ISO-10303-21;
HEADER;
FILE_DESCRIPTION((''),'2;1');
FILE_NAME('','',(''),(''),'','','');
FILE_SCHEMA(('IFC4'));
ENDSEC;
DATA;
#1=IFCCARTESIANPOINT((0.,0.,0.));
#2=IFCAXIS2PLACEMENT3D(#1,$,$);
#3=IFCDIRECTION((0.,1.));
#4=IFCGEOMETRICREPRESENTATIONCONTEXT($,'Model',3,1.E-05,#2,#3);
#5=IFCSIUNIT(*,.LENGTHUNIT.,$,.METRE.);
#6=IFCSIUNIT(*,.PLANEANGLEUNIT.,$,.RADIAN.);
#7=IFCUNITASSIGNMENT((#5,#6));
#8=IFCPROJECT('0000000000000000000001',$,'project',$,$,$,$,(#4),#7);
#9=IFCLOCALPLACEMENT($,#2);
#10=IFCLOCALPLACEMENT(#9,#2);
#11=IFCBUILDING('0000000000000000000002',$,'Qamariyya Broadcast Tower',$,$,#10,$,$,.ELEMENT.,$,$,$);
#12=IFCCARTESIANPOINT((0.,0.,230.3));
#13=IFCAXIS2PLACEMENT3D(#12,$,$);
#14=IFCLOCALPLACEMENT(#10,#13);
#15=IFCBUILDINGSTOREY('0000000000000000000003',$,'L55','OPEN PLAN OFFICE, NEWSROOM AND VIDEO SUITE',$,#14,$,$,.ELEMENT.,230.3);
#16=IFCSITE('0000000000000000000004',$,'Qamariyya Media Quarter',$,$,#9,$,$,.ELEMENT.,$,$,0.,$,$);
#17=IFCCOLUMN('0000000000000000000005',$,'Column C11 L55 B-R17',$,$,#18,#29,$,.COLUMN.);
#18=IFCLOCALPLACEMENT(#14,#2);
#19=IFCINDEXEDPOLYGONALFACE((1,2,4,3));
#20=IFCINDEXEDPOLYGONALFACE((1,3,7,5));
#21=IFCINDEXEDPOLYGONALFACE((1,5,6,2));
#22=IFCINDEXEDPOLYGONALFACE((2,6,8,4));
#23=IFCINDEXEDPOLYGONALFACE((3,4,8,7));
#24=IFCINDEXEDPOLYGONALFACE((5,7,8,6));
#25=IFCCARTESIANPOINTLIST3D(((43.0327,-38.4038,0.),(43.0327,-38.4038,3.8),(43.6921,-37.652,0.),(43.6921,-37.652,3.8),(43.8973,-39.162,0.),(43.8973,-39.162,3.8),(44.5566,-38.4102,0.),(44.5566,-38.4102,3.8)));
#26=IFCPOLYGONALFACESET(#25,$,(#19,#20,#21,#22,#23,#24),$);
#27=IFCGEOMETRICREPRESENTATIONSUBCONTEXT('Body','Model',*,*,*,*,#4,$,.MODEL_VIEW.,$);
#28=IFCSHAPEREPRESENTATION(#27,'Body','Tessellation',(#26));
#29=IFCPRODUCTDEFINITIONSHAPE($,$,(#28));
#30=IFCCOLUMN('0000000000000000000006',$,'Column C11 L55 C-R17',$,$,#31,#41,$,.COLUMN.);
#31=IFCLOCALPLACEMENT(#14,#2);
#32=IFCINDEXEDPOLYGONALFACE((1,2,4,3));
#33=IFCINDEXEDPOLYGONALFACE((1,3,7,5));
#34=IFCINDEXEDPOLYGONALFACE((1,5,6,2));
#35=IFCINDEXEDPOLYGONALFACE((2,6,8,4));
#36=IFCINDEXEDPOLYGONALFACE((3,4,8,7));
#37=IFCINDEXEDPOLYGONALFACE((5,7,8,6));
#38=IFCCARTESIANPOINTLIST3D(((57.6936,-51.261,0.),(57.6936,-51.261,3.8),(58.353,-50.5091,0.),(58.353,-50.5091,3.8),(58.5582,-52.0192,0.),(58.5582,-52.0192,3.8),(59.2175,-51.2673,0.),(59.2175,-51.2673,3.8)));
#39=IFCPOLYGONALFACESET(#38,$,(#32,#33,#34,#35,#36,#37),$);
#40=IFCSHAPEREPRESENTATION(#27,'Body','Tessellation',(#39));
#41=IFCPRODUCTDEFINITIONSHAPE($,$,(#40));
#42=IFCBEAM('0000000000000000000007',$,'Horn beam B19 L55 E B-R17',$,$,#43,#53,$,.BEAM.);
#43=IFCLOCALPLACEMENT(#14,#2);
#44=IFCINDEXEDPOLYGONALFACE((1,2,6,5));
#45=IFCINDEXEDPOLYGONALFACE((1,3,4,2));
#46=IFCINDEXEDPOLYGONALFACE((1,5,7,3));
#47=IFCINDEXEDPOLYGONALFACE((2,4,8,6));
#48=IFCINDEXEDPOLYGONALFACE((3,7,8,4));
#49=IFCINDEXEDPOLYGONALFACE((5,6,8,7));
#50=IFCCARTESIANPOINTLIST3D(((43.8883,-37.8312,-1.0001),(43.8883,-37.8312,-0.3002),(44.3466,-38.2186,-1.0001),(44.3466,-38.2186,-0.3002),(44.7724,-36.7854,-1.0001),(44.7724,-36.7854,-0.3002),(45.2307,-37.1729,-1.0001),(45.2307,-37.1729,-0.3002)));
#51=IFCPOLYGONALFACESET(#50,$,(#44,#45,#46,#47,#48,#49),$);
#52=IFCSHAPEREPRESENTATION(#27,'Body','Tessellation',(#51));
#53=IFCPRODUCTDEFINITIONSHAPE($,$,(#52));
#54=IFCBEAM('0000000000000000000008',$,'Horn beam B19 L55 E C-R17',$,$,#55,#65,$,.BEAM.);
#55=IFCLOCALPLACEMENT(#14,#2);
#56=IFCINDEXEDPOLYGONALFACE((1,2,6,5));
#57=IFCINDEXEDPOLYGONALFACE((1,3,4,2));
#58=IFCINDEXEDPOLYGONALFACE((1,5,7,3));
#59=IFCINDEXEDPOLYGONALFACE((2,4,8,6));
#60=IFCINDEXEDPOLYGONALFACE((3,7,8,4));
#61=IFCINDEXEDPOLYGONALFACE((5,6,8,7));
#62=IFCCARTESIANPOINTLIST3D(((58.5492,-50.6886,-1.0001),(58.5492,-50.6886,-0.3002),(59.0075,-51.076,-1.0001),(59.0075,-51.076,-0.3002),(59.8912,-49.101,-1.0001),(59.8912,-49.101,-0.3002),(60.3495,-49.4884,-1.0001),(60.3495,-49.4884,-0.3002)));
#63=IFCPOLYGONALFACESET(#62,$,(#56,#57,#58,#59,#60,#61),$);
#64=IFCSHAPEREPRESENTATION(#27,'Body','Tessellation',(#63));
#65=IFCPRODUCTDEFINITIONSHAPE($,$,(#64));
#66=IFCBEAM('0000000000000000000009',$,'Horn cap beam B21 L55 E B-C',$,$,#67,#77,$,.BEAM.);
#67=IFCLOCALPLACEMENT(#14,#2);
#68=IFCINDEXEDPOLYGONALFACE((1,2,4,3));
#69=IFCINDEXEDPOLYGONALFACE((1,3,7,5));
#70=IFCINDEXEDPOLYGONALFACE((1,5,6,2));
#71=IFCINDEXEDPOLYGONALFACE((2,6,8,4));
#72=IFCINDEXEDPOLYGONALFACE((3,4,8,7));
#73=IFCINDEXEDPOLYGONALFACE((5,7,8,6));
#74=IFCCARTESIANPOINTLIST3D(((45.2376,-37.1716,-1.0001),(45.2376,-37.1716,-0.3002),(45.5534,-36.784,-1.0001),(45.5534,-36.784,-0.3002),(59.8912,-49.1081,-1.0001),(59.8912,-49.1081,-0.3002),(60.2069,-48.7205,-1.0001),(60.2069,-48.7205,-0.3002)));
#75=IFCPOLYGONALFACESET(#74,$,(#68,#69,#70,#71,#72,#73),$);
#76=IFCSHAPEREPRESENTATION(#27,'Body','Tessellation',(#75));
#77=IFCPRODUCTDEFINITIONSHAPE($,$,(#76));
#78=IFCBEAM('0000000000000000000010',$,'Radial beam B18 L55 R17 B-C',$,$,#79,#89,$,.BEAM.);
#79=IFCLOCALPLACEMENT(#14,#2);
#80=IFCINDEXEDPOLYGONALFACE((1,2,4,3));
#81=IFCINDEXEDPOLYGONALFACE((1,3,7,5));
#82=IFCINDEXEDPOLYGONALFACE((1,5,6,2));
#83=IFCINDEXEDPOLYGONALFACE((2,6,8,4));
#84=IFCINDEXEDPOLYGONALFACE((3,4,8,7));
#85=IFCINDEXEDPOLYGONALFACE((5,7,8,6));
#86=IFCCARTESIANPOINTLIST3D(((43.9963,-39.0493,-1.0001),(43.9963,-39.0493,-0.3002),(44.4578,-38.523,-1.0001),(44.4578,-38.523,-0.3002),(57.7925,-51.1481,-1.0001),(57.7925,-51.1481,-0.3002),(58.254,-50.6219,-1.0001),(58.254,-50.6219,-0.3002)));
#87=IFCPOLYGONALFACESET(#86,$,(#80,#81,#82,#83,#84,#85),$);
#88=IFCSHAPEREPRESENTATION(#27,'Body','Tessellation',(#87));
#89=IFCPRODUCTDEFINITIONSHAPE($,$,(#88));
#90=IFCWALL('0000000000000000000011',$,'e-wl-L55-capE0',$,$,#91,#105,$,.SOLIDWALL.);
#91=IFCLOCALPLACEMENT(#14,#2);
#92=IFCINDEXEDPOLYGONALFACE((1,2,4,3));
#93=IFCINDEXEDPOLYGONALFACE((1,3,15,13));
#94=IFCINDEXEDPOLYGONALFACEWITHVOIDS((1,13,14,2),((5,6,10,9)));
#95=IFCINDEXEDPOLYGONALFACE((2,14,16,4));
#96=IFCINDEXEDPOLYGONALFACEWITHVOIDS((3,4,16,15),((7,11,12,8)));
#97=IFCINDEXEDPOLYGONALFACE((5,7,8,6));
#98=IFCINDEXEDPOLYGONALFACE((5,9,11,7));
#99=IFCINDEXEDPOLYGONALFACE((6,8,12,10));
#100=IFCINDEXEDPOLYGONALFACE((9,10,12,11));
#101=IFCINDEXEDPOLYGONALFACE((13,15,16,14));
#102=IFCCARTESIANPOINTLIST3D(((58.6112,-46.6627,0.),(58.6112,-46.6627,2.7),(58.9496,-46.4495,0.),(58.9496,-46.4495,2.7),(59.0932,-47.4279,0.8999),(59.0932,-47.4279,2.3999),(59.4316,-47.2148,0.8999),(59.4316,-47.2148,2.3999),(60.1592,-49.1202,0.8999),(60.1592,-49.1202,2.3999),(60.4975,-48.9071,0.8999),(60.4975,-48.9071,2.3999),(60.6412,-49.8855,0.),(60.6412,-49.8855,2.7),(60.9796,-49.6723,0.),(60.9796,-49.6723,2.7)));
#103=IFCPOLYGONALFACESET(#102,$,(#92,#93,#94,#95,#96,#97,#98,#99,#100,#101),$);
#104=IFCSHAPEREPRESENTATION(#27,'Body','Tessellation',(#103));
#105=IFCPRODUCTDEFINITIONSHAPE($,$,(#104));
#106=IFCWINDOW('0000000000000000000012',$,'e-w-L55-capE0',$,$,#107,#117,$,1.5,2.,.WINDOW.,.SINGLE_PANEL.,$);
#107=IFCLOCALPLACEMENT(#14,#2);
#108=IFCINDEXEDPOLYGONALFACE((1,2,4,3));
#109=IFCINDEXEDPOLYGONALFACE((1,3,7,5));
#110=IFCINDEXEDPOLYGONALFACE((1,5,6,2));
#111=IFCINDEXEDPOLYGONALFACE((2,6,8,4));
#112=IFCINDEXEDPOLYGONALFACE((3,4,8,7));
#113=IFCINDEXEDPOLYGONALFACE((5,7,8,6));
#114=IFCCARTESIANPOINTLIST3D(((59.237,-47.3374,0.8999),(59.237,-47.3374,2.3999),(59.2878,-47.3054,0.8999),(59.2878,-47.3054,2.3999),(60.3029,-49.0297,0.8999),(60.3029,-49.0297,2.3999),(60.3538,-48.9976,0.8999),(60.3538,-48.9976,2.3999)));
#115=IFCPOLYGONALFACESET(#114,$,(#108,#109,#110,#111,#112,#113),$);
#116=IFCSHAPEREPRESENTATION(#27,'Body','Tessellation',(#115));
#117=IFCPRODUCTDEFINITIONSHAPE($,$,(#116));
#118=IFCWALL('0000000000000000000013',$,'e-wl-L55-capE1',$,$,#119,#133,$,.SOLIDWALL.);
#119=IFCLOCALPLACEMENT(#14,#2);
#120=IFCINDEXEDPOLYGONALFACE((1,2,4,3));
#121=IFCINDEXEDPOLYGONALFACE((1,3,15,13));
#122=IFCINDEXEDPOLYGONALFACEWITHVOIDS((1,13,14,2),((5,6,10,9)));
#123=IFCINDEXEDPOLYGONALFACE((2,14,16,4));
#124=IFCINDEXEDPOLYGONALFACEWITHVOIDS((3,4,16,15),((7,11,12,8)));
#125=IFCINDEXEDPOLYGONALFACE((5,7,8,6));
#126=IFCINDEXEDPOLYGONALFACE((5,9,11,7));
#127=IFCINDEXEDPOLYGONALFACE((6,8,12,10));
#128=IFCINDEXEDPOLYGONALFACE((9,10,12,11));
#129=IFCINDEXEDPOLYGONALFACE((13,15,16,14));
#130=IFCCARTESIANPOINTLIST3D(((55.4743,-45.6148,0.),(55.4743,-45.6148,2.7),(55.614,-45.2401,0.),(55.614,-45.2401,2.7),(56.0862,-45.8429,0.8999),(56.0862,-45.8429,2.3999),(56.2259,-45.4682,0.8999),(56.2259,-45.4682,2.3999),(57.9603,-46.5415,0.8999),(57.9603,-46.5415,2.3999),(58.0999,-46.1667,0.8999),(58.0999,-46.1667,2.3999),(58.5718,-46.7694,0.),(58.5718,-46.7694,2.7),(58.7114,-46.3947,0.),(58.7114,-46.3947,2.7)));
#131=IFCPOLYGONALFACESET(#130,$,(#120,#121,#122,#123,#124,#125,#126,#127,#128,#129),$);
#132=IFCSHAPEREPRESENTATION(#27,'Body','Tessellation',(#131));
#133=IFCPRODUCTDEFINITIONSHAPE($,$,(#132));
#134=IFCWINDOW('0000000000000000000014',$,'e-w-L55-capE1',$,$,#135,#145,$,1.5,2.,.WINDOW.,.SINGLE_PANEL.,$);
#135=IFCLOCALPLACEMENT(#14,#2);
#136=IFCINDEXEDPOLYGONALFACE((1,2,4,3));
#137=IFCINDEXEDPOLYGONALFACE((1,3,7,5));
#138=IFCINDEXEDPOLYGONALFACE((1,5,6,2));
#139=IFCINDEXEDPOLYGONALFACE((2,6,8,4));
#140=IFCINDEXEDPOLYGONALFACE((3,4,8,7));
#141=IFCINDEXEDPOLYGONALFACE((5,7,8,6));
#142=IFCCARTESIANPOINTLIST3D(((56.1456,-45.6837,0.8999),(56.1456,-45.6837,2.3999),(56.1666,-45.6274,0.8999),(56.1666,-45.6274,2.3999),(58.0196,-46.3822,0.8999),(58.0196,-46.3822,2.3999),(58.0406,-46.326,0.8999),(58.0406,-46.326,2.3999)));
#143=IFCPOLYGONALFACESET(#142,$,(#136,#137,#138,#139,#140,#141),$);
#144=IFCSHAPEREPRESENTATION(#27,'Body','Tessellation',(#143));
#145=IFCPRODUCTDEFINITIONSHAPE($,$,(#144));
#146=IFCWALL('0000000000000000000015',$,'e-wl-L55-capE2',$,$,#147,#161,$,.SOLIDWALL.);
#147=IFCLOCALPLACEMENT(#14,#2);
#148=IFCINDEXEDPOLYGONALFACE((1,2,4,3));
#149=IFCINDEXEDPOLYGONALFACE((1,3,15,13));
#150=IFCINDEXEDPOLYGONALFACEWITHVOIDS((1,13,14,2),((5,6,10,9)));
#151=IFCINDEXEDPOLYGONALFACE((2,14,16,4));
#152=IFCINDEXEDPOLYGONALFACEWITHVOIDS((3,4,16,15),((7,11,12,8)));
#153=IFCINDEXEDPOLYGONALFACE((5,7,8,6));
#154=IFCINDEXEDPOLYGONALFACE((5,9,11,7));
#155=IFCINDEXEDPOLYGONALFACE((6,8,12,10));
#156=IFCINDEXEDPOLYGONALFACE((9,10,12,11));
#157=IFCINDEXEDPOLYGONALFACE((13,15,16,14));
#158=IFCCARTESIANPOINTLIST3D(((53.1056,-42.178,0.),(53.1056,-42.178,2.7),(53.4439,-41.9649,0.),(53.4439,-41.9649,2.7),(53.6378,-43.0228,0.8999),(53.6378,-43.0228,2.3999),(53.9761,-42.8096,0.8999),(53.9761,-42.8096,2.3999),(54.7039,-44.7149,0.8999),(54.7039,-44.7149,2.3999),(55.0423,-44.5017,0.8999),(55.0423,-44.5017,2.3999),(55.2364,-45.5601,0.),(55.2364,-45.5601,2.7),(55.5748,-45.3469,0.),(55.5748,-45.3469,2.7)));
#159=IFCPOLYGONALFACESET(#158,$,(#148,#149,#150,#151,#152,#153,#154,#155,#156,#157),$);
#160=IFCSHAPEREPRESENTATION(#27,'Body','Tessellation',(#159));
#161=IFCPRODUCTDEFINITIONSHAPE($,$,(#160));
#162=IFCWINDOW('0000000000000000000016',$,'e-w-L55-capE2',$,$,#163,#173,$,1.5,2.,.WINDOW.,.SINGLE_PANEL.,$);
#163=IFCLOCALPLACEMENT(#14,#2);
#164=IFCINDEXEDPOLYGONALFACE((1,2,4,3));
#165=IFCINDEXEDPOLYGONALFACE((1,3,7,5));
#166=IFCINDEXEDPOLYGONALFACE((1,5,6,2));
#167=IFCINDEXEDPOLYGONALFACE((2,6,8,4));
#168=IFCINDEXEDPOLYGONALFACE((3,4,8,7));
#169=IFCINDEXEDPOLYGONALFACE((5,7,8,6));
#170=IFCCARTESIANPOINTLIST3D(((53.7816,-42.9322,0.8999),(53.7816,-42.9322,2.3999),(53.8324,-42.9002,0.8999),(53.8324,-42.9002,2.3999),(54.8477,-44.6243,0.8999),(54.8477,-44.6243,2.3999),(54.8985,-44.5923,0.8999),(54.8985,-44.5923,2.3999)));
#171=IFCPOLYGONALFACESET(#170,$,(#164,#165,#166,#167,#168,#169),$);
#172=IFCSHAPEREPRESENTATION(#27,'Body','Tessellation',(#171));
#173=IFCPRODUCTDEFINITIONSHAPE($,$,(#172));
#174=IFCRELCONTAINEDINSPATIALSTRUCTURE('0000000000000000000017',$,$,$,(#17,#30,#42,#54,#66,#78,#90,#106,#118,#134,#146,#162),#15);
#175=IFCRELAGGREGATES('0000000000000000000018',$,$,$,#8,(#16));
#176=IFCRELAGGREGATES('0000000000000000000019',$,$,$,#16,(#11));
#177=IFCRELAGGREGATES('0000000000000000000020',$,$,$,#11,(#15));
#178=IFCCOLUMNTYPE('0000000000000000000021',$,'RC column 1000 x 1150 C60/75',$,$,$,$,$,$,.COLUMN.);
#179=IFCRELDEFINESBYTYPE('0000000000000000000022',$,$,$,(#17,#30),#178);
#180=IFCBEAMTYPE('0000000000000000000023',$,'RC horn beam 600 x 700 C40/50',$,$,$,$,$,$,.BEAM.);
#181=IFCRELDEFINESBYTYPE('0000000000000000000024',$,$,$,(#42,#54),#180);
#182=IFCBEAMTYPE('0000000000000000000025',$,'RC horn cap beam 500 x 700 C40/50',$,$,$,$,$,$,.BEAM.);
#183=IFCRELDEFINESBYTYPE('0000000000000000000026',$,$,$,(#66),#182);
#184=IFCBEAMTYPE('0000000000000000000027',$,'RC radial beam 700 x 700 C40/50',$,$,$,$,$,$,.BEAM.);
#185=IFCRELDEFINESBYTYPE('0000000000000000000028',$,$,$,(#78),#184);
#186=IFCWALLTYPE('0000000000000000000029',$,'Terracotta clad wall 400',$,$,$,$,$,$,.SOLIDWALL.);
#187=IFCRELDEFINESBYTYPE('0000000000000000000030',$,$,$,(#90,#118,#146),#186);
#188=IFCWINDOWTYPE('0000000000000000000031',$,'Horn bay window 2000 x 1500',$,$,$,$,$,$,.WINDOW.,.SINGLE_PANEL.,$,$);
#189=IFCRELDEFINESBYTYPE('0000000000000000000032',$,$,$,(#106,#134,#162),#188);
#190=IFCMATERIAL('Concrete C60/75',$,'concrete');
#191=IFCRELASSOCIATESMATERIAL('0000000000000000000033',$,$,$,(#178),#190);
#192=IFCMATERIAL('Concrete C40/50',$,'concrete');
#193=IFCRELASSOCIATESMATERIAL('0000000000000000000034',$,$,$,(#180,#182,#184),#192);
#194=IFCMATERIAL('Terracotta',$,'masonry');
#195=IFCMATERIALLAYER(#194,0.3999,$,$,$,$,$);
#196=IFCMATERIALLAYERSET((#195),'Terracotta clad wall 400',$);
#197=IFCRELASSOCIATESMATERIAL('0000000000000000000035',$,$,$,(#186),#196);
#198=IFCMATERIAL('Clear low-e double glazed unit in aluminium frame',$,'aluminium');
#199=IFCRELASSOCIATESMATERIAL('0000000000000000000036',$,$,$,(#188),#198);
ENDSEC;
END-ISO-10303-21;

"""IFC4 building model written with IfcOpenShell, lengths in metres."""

from ifc_helpers import new_model, si_unit, direction, frame, frame_2d, origin, origin_2d, place, context, subcontext, project, spatial, rectangle, extrude, material, layer, layer_set, material_profile, profile_set, type_object, element, fill, save


model = new_model("IFC4")

# Units and contexts
model_context = context("Model", 3, precision=1e-05, world=origin(), true_north=direction((0.0, 1.0)))
body_context = subcontext(model_context, "Body", "Model", "MODEL_VIEW")
ifc_project = project(units=[si_unit("LENGTHUNIT", "METRE"), si_unit("PLANEANGLEUNIT", "RADIAN")], contexts=[model_context])

# Site, building, storey
site_placement = place(None, origin())
site = spatial("IfcSite", under=ifc_project, at=site_placement, Name="Qamariyya Media Quarter", CompositionType="ELEMENT", RefElevation=0.0)
building_placement = place(site_placement, origin())
building = spatial("IfcBuilding", under=site, at=building_placement, Name="Qamariyya Broadcast Tower", CompositionType="ELEMENT")
storey_placement = place(building_placement, frame((0.0, 0.0, 230.3)))
storey = spatial("IfcBuildingStorey", under=building, at=storey_placement, Name="L55", Description="OPEN PLAN OFFICE, NEWSROOM AND VIDEO SUITE", CompositionType="ELEMENT", Elevation=230.3)

# Columns
ifc_material_1 = material(Name="Concrete C60/75", Category="concrete")
ifc_material_profile_1 = material_profile(ifc_material_1, rectangle(XDim=1.0, YDim=1.1499, at=origin_2d()))
ifc_profile_set_1 = profile_set([ifc_material_profile_1], Name="Concrete C60/75")
column_type = type_object("IfcColumnType", Name="RC column 1000 x 1150 C60/75", PredefinedType="COLUMN", material=ifc_profile_set_1)
for number, where, z_axis, x_axis, name in (
    (1, (43.7947, -38.407, 0.0), (0.0, 0.0, 1.0), (0.659346, 0.75184, 0.0), "Column C11 L55 B-R17"),
    (2, (58.4556, -51.2642, 0.0), (0.0, 0.0, 1.0), (0.659346, 0.75184, 0.0), "Column C11 L55 C-R17"),
):
    element("IfcColumn", number, at=place(storey_placement, frame(where, z_axis=z_axis, x_axis=x_axis)), inside=storey, type_object=column_type, Name=name, PredefinedType="COLUMN", context=body_context, shape_type="SweptSolid", body=[
        extrude(rectangle(XDim=1.0, YDim=1.1499, at=origin_2d()), origin(), (0.0, 0.0, 1.0), 3.8),
    ])

# Beams
ifc_material_2 = material(Name="Concrete C40/50", Category="concrete")
ifc_material_profile_2 = material_profile(ifc_material_2, rectangle(XDim=0.6001, YDim=0.7, at=origin_2d()))
ifc_profile_set_2 = profile_set([ifc_material_profile_2], Name="Concrete C40/50")
beam_type_1 = type_object("IfcBeamType", Name="RC horn beam 600 x 700 C40/50", PredefinedType="BEAM", material=ifc_profile_set_2)
beam_1_placement = place(storey_placement, frame((44.1174, -38.0249, -0.6501), z_axis=(0.645622, 0.763657, 0.0), x_axis=(-0.763657, 0.645622, 0.0)))
element("IfcBeam", 3, at=beam_1_placement, inside=storey, type_object=beam_type_1, Name="Horn beam B19 L55 E B-R17", PredefinedType="BEAM", context=body_context, shape_type="SweptSolid", body=[
    extrude(rectangle(XDim=0.6001, YDim=0.7, at=origin_2d()), origin(), (0.0, 0.0, 1.0), 1.3694),
])
beam_2_placement = place(storey_placement, frame((58.7783, -50.8823, -0.6501), z_axis=(0.645563, 0.763707, 0.0), x_axis=(-0.763707, 0.645563, 0.0)))
element("IfcBeam", 4, at=beam_2_placement, inside=storey, type_object=beam_type_1, Name="Horn beam B19 L55 E C-R17", PredefinedType="BEAM", context=body_context, shape_type="SweptSolid", body=[
    extrude(rectangle(XDim=0.6001, YDim=0.7, at=origin_2d()), origin(), (0.0, 0.0, 1.0), 2.0789),
])
ifc_material_profile_3 = material_profile(ifc_material_2, rectangle(XDim=0.5, YDim=0.7, at=origin_2d()))
ifc_profile_set_3 = profile_set([ifc_material_profile_3], Name="Concrete C40/50")
beam_type_2 = type_object("IfcBeamType", Name="RC horn cap beam 500 x 700 C40/50", PredefinedType="BEAM", material=ifc_profile_set_3)
beam_3_placement = place(storey_placement, frame((45.3955, -36.9778, -0.6501), z_axis=(0.775324, -0.631564, 0.0), x_axis=(0.631564, 0.775324, 0.0)))
element("IfcBeam", 5, at=beam_3_placement, inside=storey, type_object=beam_type_2, Name="Horn cap beam B21 L55 E B-C", PredefinedType="BEAM", context=body_context, shape_type="SweptSolid", body=[
    extrude(rectangle(XDim=0.5, YDim=0.7, at=origin_2d()), origin(), (0.0, 0.0, 1.0), 18.8999),
])
ifc_material_profile_4 = material_profile(ifc_material_2, rectangle(XDim=0.7, YDim=0.7, at=origin_2d()))
ifc_profile_set_4 = profile_set([ifc_material_profile_4], Name="Concrete C40/50")
beam_type_3 = type_object("IfcBeamType", Name="RC radial beam 700 x 700 C40/50", PredefinedType="BEAM", material=ifc_profile_set_4)
beam_4_placement = place(storey_placement, frame((44.2271, -38.7861, -0.6501), z_axis=(0.75184, -0.659345, 0.0), x_axis=(0.659345, 0.75184, 0.0)))
element("IfcBeam", 6, at=beam_4_placement, inside=storey, type_object=beam_type_3, Name="Radial beam B18 L55 R17 B-C", PredefinedType="BEAM", context=body_context, shape_type="SweptSolid", body=[
    extrude(rectangle(XDim=0.7, YDim=0.7, at=origin_2d()), origin(), (0.0, 0.0, 1.0), 18.3499),
])

# Walls, openings, windows
ifc_material_3 = material(Name="Terracotta", Category="masonry")
ifc_layer = layer(ifc_material_3, 0.3999)
ifc_layer_set = layer_set([ifc_layer], Name="Terracotta clad wall 400")
wall_type = type_object("IfcWallType", Name="Terracotta clad wall 400", PredefinedType="SOLIDWALL", material=ifc_layer_set)
wall_1_placement = place(storey_placement, frame((60.8103, -49.7788, 0.0), z_axis=(0.0, 0.0, 1.0), x_axis=(-0.532963, 0.846139, 0.0)))
wall_1 = element("IfcWall", 7, at=wall_1_placement, inside=storey, type_object=wall_type, Name="e-wl-L55-capE0", PredefinedType="SOLIDWALL", context=body_context, shape_type="SweptSolid", body=[
    extrude(rectangle(XDim=3.8088, YDim=0.3999, at=frame_2d((1.9043, 0.0))), origin(), (0.0, 0.0, 1.0), 2.7),
])
opening_1_placement = place(wall_1_placement, frame((0.9043, 0.0, 0.8999)))
opening_1 = element("IfcOpeningElement", 8, at=opening_1_placement, cuts=wall_1, PredefinedType="OPENING", context=body_context, shape_type="SweptSolid", body=[
    extrude(rectangle(XDim=2.0, YDim=1.5, at=frame_2d((1.0, 0.75))), frame((0.0, 0.21, 0.0), z_axis=(0.0, -1.0, 0.0), x_axis=(1.0, 0.0, 0.0)), (0.0, 0.0, 1.0), 0.4199),
])
ifc_material_4 = material(Name="Clear low-e double glazed unit in aluminium frame", Category="aluminium")
window_type = type_object("IfcWindowType", Name="Horn bay window 2000 x 1500", PartitioningType="SINGLE_PANEL", PredefinedType="WINDOW", material=ifc_material_4)
window_1_placement = place(opening_1_placement, origin())
window_1 = element("IfcWindow", 9, at=window_1_placement, inside=storey, type_object=window_type, Name="e-w-L55-capE0", OverallHeight=1.5, OverallWidth=2.0, PartitioningType="SINGLE_PANEL", PredefinedType="WINDOW", context=body_context, shape_type="SweptSolid", body=[
    extrude(rectangle(XDim=2.0, YDim=1.5, at=frame_2d((1.0, 0.75))), frame((0.0, 0.03, 0.0), z_axis=(0.0, -1.0, 0.0), x_axis=(1.0, 0.0, 0.0)), (0.0, 0.0, 1.0), 0.0601),
])
fill(opening_1, window_1)
wall_2_placement = place(storey_placement, frame((58.6416, -46.582, 0.0), z_axis=(0.0, 0.0, 1.0), x_axis=(-0.937022, 0.349269, 0.0)))
wall_2 = element("IfcWall", 10, at=wall_2_placement, inside=storey, type_object=wall_type, Name="e-wl-L55-capE1", PredefinedType="SOLIDWALL", context=body_context, shape_type="SweptSolid", body=[
    extrude(rectangle(XDim=3.3057, YDim=0.3999, at=frame_2d((1.6528, 0.0))), origin(), (0.0, 0.0, 1.0), 2.7),
])
opening_2_placement = place(wall_2_placement, frame((0.6526, 0.0, 0.8999)))
opening_2 = element("IfcOpeningElement", 11, at=opening_2_placement, cuts=wall_2, PredefinedType="OPENING", context=body_context, shape_type="SweptSolid", body=[
    extrude(rectangle(XDim=2.0, YDim=1.5, at=frame_2d((1.0, 0.75))), frame((0.0, 0.21, 0.0), z_axis=(0.0, -1.0, 0.0), x_axis=(1.0, 0.0, 0.0)), (0.0, 0.0, 1.0), 0.4199),
])
window_2_placement = place(opening_2_placement, origin())
window_2 = element("IfcWindow", 12, at=window_2_placement, inside=storey, type_object=window_type, Name="e-w-L55-capE1", OverallHeight=1.5, OverallWidth=2.0, PartitioningType="SINGLE_PANEL", PredefinedType="WINDOW", context=body_context, shape_type="SweptSolid", body=[
    extrude(rectangle(XDim=2.0, YDim=1.5, at=frame_2d((1.0, 0.75))), frame((0.0, 0.03, 0.0), z_axis=(0.0, -1.0, 0.0), x_axis=(1.0, 0.0, 0.0)), (0.0, 0.0, 1.0), 0.0601),
])
fill(opening_2, window_2)
wall_3_placement = place(storey_placement, frame((55.4055, -45.4534, 0.0), z_axis=(0.0, 0.0, 1.0), x_axis=(-0.533064, 0.846075, 0.0)))
wall_3 = element("IfcWall", 13, at=wall_3_placement, inside=storey, type_object=wall_type, Name="e-wl-L55-capE2", PredefinedType="SOLIDWALL", context=body_context, shape_type="SweptSolid", body=[
    extrude(rectangle(XDim=3.9973, YDim=0.3999, at=frame_2d((1.9985, 0.0))), origin(), (0.0, 0.0, 1.0), 2.7),
])
opening_3_placement = place(wall_3_placement, frame((0.9988, 0.0, 0.8999)))
opening_3 = element("IfcOpeningElement", 14, at=opening_3_placement, cuts=wall_3, PredefinedType="OPENING", context=body_context, shape_type="SweptSolid", body=[
    extrude(rectangle(XDim=2.0, YDim=1.5, at=frame_2d((1.0, 0.75))), frame((0.0, 0.21, 0.0), z_axis=(0.0, -1.0, 0.0), x_axis=(1.0, 0.0, 0.0)), (0.0, 0.0, 1.0), 0.4199),
])
window_3_placement = place(opening_3_placement, origin())
window_3 = element("IfcWindow", 15, at=window_3_placement, inside=storey, type_object=window_type, Name="e-w-L55-capE2", OverallHeight=1.5, OverallWidth=2.0, PartitioningType="SINGLE_PANEL", PredefinedType="WINDOW", context=body_context, shape_type="SweptSolid", body=[
    extrude(rectangle(XDim=2.0, YDim=1.5, at=frame_2d((1.0, 0.75))), frame((0.0, 0.03, 0.0), z_axis=(0.0, -1.0, 0.0), x_axis=(1.0, 0.0, 0.0)), (0.0, 0.0, 1.0), 0.0601),
])
fill(opening_3, window_3)

save(model, "model.ifc")
